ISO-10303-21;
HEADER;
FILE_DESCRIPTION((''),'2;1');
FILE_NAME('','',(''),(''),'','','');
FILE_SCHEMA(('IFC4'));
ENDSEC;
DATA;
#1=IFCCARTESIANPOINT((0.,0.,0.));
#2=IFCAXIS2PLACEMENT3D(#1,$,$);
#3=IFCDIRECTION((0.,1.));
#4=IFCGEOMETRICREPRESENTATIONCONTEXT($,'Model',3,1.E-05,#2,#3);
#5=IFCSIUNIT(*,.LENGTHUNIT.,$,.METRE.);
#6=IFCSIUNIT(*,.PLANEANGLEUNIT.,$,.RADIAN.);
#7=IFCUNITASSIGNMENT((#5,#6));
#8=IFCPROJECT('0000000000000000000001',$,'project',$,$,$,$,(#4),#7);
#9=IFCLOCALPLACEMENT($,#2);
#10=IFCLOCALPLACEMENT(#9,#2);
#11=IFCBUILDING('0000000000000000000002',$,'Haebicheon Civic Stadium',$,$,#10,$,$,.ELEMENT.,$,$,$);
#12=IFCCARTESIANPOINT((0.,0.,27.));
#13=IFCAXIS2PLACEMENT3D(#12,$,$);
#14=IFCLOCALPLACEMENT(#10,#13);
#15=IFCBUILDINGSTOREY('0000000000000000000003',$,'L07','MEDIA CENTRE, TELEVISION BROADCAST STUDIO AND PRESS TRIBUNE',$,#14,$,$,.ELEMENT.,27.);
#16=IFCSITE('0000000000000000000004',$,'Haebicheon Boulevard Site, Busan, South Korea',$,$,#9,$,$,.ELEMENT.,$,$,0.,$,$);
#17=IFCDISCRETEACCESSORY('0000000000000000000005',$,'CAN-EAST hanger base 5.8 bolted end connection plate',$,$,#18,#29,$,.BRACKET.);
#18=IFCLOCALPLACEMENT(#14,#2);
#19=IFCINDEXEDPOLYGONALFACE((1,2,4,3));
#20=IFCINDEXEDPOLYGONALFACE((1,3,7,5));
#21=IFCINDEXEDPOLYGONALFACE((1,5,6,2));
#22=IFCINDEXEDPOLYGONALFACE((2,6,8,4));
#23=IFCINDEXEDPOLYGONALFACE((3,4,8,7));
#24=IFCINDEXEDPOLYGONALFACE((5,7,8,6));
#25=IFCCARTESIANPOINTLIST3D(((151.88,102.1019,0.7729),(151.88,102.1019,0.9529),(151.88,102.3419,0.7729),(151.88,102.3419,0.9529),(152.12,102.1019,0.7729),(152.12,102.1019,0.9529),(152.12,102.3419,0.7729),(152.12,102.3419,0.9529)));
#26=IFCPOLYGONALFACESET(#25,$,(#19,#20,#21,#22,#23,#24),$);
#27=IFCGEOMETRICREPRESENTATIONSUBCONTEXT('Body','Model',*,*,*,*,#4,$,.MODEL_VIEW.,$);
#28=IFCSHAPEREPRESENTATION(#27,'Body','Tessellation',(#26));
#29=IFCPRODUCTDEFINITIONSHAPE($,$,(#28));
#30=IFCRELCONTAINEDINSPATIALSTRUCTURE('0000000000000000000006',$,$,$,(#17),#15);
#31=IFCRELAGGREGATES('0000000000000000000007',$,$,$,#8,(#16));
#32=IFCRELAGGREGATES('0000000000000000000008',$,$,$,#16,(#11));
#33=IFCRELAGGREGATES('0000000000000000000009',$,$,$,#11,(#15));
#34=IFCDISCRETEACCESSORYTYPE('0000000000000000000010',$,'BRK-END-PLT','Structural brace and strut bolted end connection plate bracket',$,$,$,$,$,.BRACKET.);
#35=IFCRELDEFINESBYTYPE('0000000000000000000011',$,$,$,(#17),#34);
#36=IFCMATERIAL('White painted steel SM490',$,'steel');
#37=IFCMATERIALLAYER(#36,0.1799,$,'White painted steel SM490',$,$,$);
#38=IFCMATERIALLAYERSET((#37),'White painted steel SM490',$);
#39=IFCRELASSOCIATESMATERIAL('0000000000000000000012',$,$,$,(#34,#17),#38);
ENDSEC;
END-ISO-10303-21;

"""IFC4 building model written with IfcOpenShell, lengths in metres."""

from ifc_helpers import new_model, si_unit, direction, frame, origin, origin_2d, place, context, subcontext, project, spatial, rectangle, extrude, material, layer, layer_set, type_object, element, save


model = new_model("IFC4")

# Units and contexts
model_context = context("Model", 3, precision=1e-05, world=origin(), true_north=direction((0.0, 1.0)))
body_context = subcontext(model_context, "Body", "Model", "MODEL_VIEW")
ifc_project = project(units=[si_unit("LENGTHUNIT", "METRE"), si_unit("PLANEANGLEUNIT", "RADIAN")], contexts=[model_context])

# Site, building, storey
site_placement = place(None, origin())
site = spatial("IfcSite", under=ifc_project, at=site_placement, Name="Haebicheon Boulevard Site, Busan, South Korea", CompositionType="ELEMENT", RefElevation=0.0)
building_placement = place(site_placement, origin())
building = spatial("IfcBuilding", under=site, at=building_placement, Name="Haebicheon Civic Stadium", CompositionType="ELEMENT")
storey_placement = place(building_placement, frame((0.0, 0.0, 27.0)))
storey = spatial("IfcBuildingStorey", under=building, at=storey_placement, Name="L07", Description="MEDIA CENTRE, TELEVISION BROADCAST STUDIO AND PRESS TRIBUNE", CompositionType="ELEMENT", Elevation=27.0)

# Discrete accessory
ifc_material_1 = material(Name="White painted steel SM490", Category="steel")
ifc_layer_1 = layer(ifc_material_1, 0.1799, Name="White painted steel SM490")
ifc_layer_set_1 = layer_set([ifc_layer_1], Name="White painted steel SM490")
discrete_accessory_type = type_object("IfcDiscreteAccessoryType", Name="BRK-END-PLT", Description="Structural brace and strut bolted end connection plate bracket", PredefinedType="BRACKET", material=ifc_layer_set_1)
for number, where, z_axis, x_axis, name in (
    (1, (152.0, 102.2219, 0.7729), (0.0, 0.0, 1.0), (1.0, 0.0, 0.0), "CAN-EAST hanger base 5.8 bolted end connection plate"),
):
    element("IfcDiscreteAccessory", number, at=place(storey_placement, frame(where, z_axis=z_axis, x_axis=x_axis)), inside=storey, type_object=discrete_accessory_type, material=ifc_layer_set_1, Name=name, PredefinedType="BRACKET", context=body_context, shape_type="SweptSolid", body=[
        extrude(rectangle(XDim=0.24, YDim=0.24, at=origin_2d()), origin(), (0.0, 0.0, 1.0), 0.1799),
    ])

save(model, "model.ifc")
